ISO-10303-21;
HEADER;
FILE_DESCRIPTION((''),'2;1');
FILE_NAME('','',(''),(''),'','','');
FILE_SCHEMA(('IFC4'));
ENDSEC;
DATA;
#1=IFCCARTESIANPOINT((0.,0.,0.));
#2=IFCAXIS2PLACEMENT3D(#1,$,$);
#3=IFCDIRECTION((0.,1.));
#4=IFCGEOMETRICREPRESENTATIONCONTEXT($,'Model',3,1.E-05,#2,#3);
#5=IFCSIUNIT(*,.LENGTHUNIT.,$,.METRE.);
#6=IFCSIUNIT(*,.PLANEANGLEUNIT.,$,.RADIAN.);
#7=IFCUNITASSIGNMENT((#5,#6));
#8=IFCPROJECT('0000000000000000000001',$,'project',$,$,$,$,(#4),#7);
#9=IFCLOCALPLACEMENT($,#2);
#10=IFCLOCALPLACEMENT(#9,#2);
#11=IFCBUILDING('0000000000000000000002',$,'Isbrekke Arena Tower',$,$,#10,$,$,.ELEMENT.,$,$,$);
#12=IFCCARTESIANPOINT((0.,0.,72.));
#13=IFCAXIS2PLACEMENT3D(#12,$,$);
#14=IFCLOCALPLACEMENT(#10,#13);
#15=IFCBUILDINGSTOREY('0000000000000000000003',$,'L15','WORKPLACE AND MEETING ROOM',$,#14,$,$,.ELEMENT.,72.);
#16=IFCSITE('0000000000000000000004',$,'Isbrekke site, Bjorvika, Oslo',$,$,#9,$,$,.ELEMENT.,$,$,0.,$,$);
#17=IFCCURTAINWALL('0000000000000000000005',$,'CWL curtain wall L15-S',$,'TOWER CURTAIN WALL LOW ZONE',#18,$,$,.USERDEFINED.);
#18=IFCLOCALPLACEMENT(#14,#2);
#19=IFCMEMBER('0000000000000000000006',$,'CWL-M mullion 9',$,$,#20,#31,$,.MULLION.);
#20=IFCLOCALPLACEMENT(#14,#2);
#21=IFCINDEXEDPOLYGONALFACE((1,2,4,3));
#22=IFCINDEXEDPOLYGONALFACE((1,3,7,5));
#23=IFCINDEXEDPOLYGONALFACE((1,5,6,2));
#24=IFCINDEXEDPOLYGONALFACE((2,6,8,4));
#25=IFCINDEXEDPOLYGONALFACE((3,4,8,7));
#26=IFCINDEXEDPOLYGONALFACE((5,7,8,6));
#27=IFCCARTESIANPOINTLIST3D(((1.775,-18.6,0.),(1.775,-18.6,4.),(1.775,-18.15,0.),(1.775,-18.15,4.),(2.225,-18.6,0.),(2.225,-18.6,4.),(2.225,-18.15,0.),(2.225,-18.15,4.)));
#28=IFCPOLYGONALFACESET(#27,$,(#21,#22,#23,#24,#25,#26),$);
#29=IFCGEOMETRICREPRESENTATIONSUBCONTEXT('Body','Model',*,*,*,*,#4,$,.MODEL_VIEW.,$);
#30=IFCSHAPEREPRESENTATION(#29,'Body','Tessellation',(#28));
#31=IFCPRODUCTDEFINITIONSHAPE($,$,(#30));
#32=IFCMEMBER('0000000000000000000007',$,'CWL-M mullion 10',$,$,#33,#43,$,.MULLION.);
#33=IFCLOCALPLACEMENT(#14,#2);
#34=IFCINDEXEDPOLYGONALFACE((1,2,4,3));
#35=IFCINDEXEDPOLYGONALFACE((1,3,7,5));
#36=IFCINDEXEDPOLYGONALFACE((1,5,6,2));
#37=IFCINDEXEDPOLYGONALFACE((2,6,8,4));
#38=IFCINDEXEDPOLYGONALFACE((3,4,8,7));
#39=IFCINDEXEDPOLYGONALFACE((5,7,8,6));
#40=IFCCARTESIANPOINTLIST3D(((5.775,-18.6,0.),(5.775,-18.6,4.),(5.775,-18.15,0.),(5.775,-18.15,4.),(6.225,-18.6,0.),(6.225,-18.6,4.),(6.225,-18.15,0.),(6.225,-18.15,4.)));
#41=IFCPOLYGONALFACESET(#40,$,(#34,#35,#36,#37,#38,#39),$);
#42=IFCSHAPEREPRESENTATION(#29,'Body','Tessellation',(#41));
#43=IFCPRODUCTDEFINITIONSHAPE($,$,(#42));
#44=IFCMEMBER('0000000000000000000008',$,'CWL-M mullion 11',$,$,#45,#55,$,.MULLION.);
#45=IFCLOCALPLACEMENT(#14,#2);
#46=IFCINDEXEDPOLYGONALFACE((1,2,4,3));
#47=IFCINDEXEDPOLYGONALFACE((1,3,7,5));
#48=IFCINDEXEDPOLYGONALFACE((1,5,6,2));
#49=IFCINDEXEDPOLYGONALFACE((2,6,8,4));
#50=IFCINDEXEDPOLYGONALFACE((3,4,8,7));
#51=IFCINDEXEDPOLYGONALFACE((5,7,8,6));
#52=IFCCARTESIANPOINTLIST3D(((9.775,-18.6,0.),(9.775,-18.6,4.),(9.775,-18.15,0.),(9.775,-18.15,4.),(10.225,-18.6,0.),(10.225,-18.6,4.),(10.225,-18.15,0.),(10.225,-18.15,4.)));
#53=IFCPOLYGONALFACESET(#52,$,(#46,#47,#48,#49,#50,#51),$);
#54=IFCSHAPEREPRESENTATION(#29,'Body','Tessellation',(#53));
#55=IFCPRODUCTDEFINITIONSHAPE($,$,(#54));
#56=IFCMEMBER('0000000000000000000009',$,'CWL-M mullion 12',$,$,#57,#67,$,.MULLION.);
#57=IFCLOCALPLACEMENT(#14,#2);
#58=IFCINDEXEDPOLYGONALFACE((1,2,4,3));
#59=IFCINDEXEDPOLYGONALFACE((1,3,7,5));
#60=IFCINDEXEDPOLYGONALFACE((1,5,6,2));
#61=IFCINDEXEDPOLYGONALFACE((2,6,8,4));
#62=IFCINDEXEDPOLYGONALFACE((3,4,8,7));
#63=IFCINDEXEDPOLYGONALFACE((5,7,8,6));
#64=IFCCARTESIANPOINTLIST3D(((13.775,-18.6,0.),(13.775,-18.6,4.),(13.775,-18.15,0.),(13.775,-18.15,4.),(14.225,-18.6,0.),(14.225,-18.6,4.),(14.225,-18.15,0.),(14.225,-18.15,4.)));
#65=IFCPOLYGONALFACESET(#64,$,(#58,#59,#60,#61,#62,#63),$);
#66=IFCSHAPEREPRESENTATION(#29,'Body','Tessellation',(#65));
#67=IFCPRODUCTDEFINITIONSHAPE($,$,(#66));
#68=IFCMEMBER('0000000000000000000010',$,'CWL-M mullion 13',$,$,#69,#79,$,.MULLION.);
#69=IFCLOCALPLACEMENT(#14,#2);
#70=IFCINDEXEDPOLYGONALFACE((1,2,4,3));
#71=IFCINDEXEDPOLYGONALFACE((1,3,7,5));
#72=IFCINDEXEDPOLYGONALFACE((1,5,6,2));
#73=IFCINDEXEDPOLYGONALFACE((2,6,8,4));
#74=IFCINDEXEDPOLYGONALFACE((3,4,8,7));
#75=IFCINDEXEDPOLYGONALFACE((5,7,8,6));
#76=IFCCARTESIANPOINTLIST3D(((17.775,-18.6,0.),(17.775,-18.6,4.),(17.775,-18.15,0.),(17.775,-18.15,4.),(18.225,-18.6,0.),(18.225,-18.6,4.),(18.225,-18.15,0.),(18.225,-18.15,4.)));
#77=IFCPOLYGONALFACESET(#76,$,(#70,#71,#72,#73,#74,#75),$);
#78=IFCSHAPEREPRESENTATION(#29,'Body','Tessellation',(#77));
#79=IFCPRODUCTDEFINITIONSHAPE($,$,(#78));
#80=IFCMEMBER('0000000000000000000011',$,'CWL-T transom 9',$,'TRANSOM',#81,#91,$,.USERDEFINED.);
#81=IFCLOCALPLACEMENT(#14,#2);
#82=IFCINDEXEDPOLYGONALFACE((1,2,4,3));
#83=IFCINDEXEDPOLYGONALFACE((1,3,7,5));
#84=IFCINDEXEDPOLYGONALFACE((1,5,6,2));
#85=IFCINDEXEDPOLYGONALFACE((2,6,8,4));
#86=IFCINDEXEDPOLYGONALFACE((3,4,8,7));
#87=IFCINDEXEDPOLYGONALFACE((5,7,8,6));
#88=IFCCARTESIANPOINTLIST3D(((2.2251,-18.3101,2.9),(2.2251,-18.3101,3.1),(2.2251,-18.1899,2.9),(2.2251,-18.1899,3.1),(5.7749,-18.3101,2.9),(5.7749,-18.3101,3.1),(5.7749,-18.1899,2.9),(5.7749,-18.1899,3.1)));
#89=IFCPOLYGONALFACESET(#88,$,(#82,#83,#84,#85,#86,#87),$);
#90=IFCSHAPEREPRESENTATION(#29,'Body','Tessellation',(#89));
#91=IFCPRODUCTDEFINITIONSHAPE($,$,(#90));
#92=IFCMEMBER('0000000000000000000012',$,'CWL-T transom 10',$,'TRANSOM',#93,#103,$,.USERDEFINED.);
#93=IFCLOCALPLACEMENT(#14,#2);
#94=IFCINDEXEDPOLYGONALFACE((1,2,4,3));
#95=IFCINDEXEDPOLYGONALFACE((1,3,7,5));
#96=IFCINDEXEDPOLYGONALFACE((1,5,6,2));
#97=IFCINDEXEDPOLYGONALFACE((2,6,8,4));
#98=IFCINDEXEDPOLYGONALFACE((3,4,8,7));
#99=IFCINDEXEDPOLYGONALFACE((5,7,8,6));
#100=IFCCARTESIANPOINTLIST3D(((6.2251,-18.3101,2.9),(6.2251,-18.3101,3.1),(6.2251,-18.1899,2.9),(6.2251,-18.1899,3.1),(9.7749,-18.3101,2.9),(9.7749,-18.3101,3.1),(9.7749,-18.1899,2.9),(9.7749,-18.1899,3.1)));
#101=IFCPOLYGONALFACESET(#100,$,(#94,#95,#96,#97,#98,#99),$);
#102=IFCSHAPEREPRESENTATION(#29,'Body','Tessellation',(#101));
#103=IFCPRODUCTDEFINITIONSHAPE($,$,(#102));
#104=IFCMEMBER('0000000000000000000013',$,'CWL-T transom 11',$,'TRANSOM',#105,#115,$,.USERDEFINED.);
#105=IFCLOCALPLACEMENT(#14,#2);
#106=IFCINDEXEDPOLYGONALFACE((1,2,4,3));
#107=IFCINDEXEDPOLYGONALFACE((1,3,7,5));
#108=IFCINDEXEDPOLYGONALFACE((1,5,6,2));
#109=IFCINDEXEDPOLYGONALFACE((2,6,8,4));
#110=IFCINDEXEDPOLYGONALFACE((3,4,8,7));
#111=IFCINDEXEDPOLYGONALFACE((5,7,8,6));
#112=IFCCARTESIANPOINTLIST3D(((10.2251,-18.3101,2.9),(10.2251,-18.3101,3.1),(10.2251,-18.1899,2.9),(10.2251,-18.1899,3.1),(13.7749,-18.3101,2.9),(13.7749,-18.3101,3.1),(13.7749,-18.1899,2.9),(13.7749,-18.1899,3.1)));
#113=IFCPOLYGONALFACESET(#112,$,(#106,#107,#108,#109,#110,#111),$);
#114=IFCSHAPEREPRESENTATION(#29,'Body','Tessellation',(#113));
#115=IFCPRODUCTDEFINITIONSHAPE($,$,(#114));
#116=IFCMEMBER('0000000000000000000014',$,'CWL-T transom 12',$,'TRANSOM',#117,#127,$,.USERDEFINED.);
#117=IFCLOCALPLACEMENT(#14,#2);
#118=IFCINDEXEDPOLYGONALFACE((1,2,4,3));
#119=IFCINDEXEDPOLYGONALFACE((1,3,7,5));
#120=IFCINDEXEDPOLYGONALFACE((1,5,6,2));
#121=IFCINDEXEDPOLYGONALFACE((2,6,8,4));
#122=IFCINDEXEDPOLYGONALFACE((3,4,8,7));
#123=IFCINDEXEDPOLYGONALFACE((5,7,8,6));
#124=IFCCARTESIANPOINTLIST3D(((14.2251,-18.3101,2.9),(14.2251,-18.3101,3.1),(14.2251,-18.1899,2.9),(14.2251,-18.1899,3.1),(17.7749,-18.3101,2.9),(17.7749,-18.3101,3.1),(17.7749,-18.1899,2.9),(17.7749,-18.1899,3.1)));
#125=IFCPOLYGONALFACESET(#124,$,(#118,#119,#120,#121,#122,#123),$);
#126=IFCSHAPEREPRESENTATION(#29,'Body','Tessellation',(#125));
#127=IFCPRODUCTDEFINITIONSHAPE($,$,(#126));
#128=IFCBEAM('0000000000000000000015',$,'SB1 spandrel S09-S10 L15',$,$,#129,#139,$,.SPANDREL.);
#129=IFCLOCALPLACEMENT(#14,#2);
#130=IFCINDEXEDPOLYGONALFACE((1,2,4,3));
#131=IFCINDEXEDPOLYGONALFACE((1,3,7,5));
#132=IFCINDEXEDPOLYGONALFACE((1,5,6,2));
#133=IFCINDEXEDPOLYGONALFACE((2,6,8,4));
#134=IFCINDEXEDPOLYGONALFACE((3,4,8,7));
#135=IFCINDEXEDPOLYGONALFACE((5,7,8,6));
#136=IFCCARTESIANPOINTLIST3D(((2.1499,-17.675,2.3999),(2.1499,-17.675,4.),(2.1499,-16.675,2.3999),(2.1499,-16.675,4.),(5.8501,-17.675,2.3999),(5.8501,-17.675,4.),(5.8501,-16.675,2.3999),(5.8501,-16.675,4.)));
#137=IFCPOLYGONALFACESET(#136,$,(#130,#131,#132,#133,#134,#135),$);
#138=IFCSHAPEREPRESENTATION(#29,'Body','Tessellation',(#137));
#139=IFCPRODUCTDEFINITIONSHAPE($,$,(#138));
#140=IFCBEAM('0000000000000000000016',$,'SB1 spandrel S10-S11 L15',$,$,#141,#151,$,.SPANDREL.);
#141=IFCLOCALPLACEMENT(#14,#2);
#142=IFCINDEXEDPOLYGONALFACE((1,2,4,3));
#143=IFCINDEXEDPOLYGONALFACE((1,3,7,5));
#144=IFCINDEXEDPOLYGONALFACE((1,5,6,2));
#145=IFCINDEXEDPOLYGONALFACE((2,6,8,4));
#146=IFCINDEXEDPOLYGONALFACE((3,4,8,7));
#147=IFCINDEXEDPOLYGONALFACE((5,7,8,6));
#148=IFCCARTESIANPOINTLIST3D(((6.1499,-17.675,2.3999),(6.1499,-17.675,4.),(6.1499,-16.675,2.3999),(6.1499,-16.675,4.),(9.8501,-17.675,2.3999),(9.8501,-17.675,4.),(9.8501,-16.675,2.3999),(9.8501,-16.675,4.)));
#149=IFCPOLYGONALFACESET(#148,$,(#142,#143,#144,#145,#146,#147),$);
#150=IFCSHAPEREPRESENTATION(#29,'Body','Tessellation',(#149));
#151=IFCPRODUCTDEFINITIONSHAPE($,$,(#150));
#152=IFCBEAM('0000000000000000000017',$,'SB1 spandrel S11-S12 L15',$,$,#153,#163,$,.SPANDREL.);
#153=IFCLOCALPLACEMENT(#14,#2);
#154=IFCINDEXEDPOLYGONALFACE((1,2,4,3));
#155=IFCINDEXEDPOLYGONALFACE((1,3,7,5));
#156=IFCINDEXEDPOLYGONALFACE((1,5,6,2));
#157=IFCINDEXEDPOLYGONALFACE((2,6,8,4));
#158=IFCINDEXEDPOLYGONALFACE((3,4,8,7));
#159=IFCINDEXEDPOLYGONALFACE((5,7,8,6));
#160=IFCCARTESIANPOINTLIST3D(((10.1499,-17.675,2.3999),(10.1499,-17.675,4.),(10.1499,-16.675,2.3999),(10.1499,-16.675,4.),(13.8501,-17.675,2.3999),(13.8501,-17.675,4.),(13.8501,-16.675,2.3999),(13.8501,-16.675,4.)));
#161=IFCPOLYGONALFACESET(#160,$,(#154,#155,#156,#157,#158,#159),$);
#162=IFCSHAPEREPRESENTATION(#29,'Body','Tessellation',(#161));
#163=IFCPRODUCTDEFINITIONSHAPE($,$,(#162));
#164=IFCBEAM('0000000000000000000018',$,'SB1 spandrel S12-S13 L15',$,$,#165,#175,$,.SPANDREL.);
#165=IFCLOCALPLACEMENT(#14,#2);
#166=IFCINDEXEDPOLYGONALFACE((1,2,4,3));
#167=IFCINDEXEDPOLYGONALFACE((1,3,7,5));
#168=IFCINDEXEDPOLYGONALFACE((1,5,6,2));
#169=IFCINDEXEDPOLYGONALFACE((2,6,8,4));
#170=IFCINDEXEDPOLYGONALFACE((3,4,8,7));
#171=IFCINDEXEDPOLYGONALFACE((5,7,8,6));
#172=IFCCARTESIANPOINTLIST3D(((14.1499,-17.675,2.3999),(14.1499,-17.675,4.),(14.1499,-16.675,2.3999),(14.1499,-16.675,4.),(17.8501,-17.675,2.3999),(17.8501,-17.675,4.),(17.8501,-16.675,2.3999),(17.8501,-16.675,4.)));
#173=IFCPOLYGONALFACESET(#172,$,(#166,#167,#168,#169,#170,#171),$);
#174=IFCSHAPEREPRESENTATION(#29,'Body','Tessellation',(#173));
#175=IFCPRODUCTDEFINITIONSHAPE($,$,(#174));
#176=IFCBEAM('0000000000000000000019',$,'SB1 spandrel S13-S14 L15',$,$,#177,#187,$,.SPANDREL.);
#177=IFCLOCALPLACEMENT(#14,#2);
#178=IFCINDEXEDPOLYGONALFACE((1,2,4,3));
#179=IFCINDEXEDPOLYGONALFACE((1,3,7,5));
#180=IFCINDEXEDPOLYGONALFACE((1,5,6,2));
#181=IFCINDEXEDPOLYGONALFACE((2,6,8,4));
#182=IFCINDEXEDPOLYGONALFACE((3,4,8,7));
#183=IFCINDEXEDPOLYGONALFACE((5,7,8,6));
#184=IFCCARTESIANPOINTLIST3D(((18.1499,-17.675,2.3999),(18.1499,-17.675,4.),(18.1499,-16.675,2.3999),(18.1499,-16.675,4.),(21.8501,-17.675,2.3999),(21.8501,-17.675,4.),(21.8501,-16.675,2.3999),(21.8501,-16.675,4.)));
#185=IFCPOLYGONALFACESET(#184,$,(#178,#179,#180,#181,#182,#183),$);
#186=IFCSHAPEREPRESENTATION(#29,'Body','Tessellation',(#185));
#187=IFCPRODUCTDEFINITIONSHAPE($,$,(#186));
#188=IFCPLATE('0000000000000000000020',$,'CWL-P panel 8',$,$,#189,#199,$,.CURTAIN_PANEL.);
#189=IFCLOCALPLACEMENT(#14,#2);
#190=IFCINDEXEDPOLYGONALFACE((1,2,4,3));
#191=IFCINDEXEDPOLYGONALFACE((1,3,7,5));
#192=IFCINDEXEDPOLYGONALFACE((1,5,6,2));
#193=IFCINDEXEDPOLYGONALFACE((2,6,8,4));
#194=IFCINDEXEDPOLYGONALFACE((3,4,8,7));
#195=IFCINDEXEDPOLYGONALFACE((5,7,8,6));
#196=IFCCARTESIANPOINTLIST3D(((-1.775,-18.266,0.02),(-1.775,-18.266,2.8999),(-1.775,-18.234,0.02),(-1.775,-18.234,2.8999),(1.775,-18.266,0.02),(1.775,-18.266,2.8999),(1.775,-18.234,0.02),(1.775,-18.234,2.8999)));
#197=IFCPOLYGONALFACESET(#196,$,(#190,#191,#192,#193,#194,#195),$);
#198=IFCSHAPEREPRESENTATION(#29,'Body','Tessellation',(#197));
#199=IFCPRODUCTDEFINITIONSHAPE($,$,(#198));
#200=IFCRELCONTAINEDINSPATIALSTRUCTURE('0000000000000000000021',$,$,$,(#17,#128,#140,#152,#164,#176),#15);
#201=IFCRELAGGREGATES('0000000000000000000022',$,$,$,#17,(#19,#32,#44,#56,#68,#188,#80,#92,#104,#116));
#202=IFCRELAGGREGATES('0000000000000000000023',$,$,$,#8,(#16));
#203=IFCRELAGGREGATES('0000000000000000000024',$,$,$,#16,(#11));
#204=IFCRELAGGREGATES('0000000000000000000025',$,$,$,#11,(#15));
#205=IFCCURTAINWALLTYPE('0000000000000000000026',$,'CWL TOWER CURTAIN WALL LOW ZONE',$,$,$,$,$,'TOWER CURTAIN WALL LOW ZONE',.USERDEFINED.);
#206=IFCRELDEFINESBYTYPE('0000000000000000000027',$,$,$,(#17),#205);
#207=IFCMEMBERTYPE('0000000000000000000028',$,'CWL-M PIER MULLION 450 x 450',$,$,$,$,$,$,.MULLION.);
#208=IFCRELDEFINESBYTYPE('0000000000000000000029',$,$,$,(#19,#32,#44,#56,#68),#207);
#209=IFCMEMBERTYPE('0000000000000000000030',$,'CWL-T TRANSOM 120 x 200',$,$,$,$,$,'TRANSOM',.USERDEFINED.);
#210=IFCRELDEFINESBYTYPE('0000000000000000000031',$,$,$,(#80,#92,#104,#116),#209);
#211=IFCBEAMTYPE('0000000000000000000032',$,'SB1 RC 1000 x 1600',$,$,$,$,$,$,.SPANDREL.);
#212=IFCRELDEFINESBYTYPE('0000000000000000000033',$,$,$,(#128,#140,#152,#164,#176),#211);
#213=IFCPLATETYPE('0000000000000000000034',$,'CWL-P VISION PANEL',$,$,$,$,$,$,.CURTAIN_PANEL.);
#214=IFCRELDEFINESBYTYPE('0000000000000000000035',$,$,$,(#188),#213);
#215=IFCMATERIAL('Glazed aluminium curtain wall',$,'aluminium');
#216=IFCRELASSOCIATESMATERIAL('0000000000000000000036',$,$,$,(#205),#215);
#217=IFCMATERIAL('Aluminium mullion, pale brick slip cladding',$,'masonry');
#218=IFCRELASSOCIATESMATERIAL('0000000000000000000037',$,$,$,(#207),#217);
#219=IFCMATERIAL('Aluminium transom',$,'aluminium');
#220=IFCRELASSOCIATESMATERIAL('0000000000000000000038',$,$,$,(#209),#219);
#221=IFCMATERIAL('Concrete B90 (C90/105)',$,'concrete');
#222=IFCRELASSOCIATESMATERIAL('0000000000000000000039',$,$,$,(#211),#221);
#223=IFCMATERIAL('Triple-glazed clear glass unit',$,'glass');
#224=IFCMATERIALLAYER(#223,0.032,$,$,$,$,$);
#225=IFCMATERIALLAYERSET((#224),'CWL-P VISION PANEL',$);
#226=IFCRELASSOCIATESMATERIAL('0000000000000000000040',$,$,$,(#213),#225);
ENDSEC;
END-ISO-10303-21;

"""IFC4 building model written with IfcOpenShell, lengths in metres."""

from ifc_helpers import new_model, si_unit, direction, frame, origin, origin_2d, place, context, subcontext, project, spatial, rectangle, extrude, material, layer, layer_set, material_profile, profile_set, type_object, element, aggregate, save


model = new_model("IFC4")

# Units and contexts
model_context = context("Model", 3, precision=1e-05, world=origin(), true_north=direction((0.0, 1.0)))
body_context = subcontext(model_context, "Body", "Model", "MODEL_VIEW")
ifc_project = project(units=[si_unit("LENGTHUNIT", "METRE"), si_unit("PLANEANGLEUNIT", "RADIAN")], contexts=[model_context])

# Site, building, storey
site_placement = place(None, origin())
site = spatial("IfcSite", under=ifc_project, at=site_placement, Name="Isbrekke site, Bjorvika, Oslo", CompositionType="ELEMENT", RefElevation=0.0)
building_placement = place(site_placement, origin())
building = spatial("IfcBuilding", under=site, at=building_placement, Name="Isbrekke Arena Tower", CompositionType="ELEMENT")
storey_placement = place(building_placement, frame((0.0, 0.0, 72.0)))
storey = spatial("IfcBuildingStorey", under=building, at=storey_placement, Name="L15", Description="WORKPLACE AND MEETING ROOM", CompositionType="ELEMENT", Elevation=72.0)

# Curtain wall, members
ifc_material_1 = material(Name="Glazed aluminium curtain wall", Category="aluminium")
curtain_wall_type = type_object("IfcCurtainWallType", Name="CWL TOWER CURTAIN WALL LOW ZONE", ElementType="TOWER CURTAIN WALL LOW ZONE", PredefinedType="USERDEFINED", material=ifc_material_1)
curtain_wall_placement = place(storey_placement, origin())
curtain_wall = element("IfcCurtainWall", 1, at=curtain_wall_placement, inside=storey, type_object=curtain_wall_type, Name="CWL curtain wall L15-S", ObjectType="TOWER CURTAIN WALL LOW ZONE", PredefinedType="USERDEFINED")
ifc_material_2 = material(Name="Aluminium mullion, pale brick slip cladding", Category="masonry")
ifc_material_profile_1 = material_profile(ifc_material_2, rectangle(XDim=0.45, YDim=0.45, at=origin_2d()), Name="PIER 450X450")
ifc_profile_set_1 = profile_set([ifc_material_profile_1], Name="Aluminium mullion, pale brick slip cladding")
member_type_1 = type_object("IfcMemberType", Name="CWL-M PIER MULLION 450 x 450", PredefinedType="MULLION", material=ifc_profile_set_1)
member_1_placement = place(storey_placement, frame((2.0, -18.375, 0.0), z_axis=(0.0, 0.0, 1.0), x_axis=(1.0, 0.0, 0.0)))
member_1 = element("IfcMember", 2, at=member_1_placement, type_object=member_type_1, Name="CWL-M mullion 9", PredefinedType="MULLION", context=body_context, shape_type="SweptSolid", body=[
    extrude(rectangle(XDim=0.45, YDim=0.45, at=origin_2d()), origin(), (0.0, 0.0, 1.0), 4.0),
])
member_2_placement = place(storey_placement, frame((6.0, -18.375, 0.0), z_axis=(0.0, 0.0, 1.0), x_axis=(1.0, 0.0, 0.0)))
member_2 = element("IfcMember", 3, at=member_2_placement, type_object=member_type_1, Name="CWL-M mullion 10", PredefinedType="MULLION", context=body_context, shape_type="SweptSolid", body=[
    extrude(rectangle(XDim=0.45, YDim=0.45, at=origin_2d()), origin(), (0.0, 0.0, 1.0), 4.0),
])
member_3_placement = place(storey_placement, frame((10.0, -18.375, 0.0), z_axis=(0.0, 0.0, 1.0), x_axis=(1.0, 0.0, 0.0)))
member_3 = element("IfcMember", 4, at=member_3_placement, type_object=member_type_1, Name="CWL-M mullion 11", PredefinedType="MULLION", context=body_context, shape_type="SweptSolid", body=[
    extrude(rectangle(XDim=0.45, YDim=0.45, at=origin_2d()), origin(), (0.0, 0.0, 1.0), 4.0),
])
member_4_placement = place(storey_placement, frame((14.0, -18.375, 0.0), z_axis=(0.0, 0.0, 1.0), x_axis=(1.0, 0.0, 0.0)))
member_4 = element("IfcMember", 5, at=member_4_placement, type_object=member_type_1, Name="CWL-M mullion 12", PredefinedType="MULLION", context=body_context, shape_type="SweptSolid", body=[
    extrude(rectangle(XDim=0.45, YDim=0.45, at=origin_2d()), origin(), (0.0, 0.0, 1.0), 4.0),
])
member_5_placement = place(storey_placement, frame((18.0, -18.375, 0.0), z_axis=(0.0, 0.0, 1.0), x_axis=(1.0, 0.0, 0.0)))
member_5 = element("IfcMember", 6, at=member_5_placement, type_object=member_type_1, Name="CWL-M mullion 13", PredefinedType="MULLION", context=body_context, shape_type="SweptSolid", body=[
    extrude(rectangle(XDim=0.45, YDim=0.45, at=origin_2d()), origin(), (0.0, 0.0, 1.0), 4.0),
])
ifc_material_3 = material(Name="Aluminium transom", Category="aluminium")
ifc_material_profile_2 = material_profile(ifc_material_3, rectangle(XDim=0.1201, YDim=0.2, at=origin_2d()), Name="TRANSOM 120X200")
ifc_profile_set_2 = profile_set([ifc_material_profile_2], Name="Aluminium transom")
member_type_2 = type_object("IfcMemberType", Name="CWL-T TRANSOM 120 x 200", ElementType="TRANSOM", PredefinedType="USERDEFINED", material=ifc_profile_set_2)
member_6_placement = place(storey_placement, frame((2.2251, -18.25, 3.0), z_axis=(1.0, 0.0, 0.0), x_axis=(0.0, 1.0, 0.0)))
member_6 = element("IfcMember", 7, at=member_6_placement, type_object=member_type_2, Name="CWL-T transom 9", ObjectType="TRANSOM", PredefinedType="USERDEFINED", context=body_context, shape_type="SweptSolid", body=[
    extrude(rectangle(XDim=0.1201, YDim=0.2, at=origin_2d()), origin(), (0.0, 0.0, 1.0), 3.5498),
])
member_7_placement = place(storey_placement, frame((6.2251, -18.25, 3.0), z_axis=(1.0, 0.0, 0.0), x_axis=(0.0, 1.0, 0.0)))
member_7 = element("IfcMember", 8, at=member_7_placement, type_object=member_type_2, Name="CWL-T transom 10", ObjectType="TRANSOM", PredefinedType="USERDEFINED", context=body_context, shape_type="SweptSolid", body=[
    extrude(rectangle(XDim=0.1201, YDim=0.2, at=origin_2d()), origin(), (0.0, 0.0, 1.0), 3.5498),
])
member_8_placement = place(storey_placement, frame((10.2251, -18.25, 3.0), z_axis=(1.0, 0.0, 0.0), x_axis=(0.0, 1.0, 0.0)))
member_8 = element("IfcMember", 9, at=member_8_placement, type_object=member_type_2, Name="CWL-T transom 11", ObjectType="TRANSOM", PredefinedType="USERDEFINED", context=body_context, shape_type="SweptSolid", body=[
    extrude(rectangle(XDim=0.1201, YDim=0.2, at=origin_2d()), origin(), (0.0, 0.0, 1.0), 3.5498),
])
member_9_placement = place(storey_placement, frame((14.2251, -18.25, 3.0), z_axis=(1.0, 0.0, 0.0), x_axis=(0.0, 1.0, 0.0)))
member_9 = element("IfcMember", 10, at=member_9_placement, type_object=member_type_2, Name="CWL-T transom 12", ObjectType="TRANSOM", PredefinedType="USERDEFINED", context=body_context, shape_type="SweptSolid", body=[
    extrude(rectangle(XDim=0.1201, YDim=0.2, at=origin_2d()), origin(), (0.0, 0.0, 1.0), 3.5498),
])

# Beams
ifc_material_4 = material(Name="Concrete B90 (C90/105)", Category="concrete")
ifc_material_profile_3 = material_profile(ifc_material_4, rectangle(XDim=1.0, YDim=1.6001, at=origin_2d()), Name="RC 1000x1600")
ifc_profile_set_3 = profile_set([ifc_material_profile_3], Name="Concrete B90 (C90/105)")
beam_type_1 = type_object("IfcBeamType", Name="SB1 RC 1000 x 1600", PredefinedType="SPANDREL", material=ifc_profile_set_3)
for number, where, z_axis, x_axis, name in (
    (11, (2.1499, -17.175, 3.2), (1.0, 0.0, 0.0), (0.0, 1.0, 0.0), "SB1 spandrel S09-S10 L15"),
    (12, (6.1499, -17.175, 3.2), (1.0, 0.0, 0.0), (0.0, 1.0, 0.0), "SB1 spandrel S10-S11 L15"),
    (13, (10.1499, -17.175, 3.2), (1.0, 0.0, 0.0), (0.0, 1.0, 0.0), "SB1 spandrel S11-S12 L15"),
    (14, (14.1499, -17.175, 3.2), (1.0, 0.0, 0.0), (0.0, 1.0, 0.0), "SB1 spandrel S12-S13 L15"),
    (15, (18.1499, -17.175, 3.2), (1.0, 0.0, 0.0), (0.0, 1.0, 0.0), "SB1 spandrel S13-S14 L15"),
):
    element("IfcBeam", number, at=place(storey_placement, frame(where, z_axis=z_axis, x_axis=x_axis)), inside=storey, type_object=beam_type_1, Name=name, PredefinedType="SPANDREL", context=body_context, shape_type="SweptSolid", body=[
        extrude(rectangle(XDim=1.0, YDim=1.6001, at=origin_2d()), origin(), (0.0, 0.0, 1.0), 3.7002),
    ])

# Plate
ifc_material_5 = material(Name="Triple-glazed clear glass unit", Category="glass")
ifc_layer = layer(ifc_material_5, 0.032)
ifc_layer_set = layer_set([ifc_layer], Name="CWL-P VISION PANEL")
plate_type = type_object("IfcPlateType", Name="CWL-P VISION PANEL", PredefinedType="CURTAIN_PANEL", material=ifc_layer_set)
plate_1_placement = place(storey_placement, frame((0.0, -18.25, 0.02), z_axis=(0.0, 0.0, 1.0), x_axis=(1.0, 0.0, 0.0)))
plate_1 = element("IfcPlate", 16, at=plate_1_placement, type_object=plate_type, Name="CWL-P panel 8", PredefinedType="CURTAIN_PANEL", context=body_context, shape_type="SweptSolid", body=[
    extrude(rectangle(XDim=3.55, YDim=0.032, at=origin_2d()), origin(), (0.0, 0.0, 1.0), 2.8799),
])
aggregate(curtain_wall, [member_1, member_2, member_3, member_4, member_5, plate_1, member_6, member_7, member_8, member_9])

save(model, "model.ifc")
